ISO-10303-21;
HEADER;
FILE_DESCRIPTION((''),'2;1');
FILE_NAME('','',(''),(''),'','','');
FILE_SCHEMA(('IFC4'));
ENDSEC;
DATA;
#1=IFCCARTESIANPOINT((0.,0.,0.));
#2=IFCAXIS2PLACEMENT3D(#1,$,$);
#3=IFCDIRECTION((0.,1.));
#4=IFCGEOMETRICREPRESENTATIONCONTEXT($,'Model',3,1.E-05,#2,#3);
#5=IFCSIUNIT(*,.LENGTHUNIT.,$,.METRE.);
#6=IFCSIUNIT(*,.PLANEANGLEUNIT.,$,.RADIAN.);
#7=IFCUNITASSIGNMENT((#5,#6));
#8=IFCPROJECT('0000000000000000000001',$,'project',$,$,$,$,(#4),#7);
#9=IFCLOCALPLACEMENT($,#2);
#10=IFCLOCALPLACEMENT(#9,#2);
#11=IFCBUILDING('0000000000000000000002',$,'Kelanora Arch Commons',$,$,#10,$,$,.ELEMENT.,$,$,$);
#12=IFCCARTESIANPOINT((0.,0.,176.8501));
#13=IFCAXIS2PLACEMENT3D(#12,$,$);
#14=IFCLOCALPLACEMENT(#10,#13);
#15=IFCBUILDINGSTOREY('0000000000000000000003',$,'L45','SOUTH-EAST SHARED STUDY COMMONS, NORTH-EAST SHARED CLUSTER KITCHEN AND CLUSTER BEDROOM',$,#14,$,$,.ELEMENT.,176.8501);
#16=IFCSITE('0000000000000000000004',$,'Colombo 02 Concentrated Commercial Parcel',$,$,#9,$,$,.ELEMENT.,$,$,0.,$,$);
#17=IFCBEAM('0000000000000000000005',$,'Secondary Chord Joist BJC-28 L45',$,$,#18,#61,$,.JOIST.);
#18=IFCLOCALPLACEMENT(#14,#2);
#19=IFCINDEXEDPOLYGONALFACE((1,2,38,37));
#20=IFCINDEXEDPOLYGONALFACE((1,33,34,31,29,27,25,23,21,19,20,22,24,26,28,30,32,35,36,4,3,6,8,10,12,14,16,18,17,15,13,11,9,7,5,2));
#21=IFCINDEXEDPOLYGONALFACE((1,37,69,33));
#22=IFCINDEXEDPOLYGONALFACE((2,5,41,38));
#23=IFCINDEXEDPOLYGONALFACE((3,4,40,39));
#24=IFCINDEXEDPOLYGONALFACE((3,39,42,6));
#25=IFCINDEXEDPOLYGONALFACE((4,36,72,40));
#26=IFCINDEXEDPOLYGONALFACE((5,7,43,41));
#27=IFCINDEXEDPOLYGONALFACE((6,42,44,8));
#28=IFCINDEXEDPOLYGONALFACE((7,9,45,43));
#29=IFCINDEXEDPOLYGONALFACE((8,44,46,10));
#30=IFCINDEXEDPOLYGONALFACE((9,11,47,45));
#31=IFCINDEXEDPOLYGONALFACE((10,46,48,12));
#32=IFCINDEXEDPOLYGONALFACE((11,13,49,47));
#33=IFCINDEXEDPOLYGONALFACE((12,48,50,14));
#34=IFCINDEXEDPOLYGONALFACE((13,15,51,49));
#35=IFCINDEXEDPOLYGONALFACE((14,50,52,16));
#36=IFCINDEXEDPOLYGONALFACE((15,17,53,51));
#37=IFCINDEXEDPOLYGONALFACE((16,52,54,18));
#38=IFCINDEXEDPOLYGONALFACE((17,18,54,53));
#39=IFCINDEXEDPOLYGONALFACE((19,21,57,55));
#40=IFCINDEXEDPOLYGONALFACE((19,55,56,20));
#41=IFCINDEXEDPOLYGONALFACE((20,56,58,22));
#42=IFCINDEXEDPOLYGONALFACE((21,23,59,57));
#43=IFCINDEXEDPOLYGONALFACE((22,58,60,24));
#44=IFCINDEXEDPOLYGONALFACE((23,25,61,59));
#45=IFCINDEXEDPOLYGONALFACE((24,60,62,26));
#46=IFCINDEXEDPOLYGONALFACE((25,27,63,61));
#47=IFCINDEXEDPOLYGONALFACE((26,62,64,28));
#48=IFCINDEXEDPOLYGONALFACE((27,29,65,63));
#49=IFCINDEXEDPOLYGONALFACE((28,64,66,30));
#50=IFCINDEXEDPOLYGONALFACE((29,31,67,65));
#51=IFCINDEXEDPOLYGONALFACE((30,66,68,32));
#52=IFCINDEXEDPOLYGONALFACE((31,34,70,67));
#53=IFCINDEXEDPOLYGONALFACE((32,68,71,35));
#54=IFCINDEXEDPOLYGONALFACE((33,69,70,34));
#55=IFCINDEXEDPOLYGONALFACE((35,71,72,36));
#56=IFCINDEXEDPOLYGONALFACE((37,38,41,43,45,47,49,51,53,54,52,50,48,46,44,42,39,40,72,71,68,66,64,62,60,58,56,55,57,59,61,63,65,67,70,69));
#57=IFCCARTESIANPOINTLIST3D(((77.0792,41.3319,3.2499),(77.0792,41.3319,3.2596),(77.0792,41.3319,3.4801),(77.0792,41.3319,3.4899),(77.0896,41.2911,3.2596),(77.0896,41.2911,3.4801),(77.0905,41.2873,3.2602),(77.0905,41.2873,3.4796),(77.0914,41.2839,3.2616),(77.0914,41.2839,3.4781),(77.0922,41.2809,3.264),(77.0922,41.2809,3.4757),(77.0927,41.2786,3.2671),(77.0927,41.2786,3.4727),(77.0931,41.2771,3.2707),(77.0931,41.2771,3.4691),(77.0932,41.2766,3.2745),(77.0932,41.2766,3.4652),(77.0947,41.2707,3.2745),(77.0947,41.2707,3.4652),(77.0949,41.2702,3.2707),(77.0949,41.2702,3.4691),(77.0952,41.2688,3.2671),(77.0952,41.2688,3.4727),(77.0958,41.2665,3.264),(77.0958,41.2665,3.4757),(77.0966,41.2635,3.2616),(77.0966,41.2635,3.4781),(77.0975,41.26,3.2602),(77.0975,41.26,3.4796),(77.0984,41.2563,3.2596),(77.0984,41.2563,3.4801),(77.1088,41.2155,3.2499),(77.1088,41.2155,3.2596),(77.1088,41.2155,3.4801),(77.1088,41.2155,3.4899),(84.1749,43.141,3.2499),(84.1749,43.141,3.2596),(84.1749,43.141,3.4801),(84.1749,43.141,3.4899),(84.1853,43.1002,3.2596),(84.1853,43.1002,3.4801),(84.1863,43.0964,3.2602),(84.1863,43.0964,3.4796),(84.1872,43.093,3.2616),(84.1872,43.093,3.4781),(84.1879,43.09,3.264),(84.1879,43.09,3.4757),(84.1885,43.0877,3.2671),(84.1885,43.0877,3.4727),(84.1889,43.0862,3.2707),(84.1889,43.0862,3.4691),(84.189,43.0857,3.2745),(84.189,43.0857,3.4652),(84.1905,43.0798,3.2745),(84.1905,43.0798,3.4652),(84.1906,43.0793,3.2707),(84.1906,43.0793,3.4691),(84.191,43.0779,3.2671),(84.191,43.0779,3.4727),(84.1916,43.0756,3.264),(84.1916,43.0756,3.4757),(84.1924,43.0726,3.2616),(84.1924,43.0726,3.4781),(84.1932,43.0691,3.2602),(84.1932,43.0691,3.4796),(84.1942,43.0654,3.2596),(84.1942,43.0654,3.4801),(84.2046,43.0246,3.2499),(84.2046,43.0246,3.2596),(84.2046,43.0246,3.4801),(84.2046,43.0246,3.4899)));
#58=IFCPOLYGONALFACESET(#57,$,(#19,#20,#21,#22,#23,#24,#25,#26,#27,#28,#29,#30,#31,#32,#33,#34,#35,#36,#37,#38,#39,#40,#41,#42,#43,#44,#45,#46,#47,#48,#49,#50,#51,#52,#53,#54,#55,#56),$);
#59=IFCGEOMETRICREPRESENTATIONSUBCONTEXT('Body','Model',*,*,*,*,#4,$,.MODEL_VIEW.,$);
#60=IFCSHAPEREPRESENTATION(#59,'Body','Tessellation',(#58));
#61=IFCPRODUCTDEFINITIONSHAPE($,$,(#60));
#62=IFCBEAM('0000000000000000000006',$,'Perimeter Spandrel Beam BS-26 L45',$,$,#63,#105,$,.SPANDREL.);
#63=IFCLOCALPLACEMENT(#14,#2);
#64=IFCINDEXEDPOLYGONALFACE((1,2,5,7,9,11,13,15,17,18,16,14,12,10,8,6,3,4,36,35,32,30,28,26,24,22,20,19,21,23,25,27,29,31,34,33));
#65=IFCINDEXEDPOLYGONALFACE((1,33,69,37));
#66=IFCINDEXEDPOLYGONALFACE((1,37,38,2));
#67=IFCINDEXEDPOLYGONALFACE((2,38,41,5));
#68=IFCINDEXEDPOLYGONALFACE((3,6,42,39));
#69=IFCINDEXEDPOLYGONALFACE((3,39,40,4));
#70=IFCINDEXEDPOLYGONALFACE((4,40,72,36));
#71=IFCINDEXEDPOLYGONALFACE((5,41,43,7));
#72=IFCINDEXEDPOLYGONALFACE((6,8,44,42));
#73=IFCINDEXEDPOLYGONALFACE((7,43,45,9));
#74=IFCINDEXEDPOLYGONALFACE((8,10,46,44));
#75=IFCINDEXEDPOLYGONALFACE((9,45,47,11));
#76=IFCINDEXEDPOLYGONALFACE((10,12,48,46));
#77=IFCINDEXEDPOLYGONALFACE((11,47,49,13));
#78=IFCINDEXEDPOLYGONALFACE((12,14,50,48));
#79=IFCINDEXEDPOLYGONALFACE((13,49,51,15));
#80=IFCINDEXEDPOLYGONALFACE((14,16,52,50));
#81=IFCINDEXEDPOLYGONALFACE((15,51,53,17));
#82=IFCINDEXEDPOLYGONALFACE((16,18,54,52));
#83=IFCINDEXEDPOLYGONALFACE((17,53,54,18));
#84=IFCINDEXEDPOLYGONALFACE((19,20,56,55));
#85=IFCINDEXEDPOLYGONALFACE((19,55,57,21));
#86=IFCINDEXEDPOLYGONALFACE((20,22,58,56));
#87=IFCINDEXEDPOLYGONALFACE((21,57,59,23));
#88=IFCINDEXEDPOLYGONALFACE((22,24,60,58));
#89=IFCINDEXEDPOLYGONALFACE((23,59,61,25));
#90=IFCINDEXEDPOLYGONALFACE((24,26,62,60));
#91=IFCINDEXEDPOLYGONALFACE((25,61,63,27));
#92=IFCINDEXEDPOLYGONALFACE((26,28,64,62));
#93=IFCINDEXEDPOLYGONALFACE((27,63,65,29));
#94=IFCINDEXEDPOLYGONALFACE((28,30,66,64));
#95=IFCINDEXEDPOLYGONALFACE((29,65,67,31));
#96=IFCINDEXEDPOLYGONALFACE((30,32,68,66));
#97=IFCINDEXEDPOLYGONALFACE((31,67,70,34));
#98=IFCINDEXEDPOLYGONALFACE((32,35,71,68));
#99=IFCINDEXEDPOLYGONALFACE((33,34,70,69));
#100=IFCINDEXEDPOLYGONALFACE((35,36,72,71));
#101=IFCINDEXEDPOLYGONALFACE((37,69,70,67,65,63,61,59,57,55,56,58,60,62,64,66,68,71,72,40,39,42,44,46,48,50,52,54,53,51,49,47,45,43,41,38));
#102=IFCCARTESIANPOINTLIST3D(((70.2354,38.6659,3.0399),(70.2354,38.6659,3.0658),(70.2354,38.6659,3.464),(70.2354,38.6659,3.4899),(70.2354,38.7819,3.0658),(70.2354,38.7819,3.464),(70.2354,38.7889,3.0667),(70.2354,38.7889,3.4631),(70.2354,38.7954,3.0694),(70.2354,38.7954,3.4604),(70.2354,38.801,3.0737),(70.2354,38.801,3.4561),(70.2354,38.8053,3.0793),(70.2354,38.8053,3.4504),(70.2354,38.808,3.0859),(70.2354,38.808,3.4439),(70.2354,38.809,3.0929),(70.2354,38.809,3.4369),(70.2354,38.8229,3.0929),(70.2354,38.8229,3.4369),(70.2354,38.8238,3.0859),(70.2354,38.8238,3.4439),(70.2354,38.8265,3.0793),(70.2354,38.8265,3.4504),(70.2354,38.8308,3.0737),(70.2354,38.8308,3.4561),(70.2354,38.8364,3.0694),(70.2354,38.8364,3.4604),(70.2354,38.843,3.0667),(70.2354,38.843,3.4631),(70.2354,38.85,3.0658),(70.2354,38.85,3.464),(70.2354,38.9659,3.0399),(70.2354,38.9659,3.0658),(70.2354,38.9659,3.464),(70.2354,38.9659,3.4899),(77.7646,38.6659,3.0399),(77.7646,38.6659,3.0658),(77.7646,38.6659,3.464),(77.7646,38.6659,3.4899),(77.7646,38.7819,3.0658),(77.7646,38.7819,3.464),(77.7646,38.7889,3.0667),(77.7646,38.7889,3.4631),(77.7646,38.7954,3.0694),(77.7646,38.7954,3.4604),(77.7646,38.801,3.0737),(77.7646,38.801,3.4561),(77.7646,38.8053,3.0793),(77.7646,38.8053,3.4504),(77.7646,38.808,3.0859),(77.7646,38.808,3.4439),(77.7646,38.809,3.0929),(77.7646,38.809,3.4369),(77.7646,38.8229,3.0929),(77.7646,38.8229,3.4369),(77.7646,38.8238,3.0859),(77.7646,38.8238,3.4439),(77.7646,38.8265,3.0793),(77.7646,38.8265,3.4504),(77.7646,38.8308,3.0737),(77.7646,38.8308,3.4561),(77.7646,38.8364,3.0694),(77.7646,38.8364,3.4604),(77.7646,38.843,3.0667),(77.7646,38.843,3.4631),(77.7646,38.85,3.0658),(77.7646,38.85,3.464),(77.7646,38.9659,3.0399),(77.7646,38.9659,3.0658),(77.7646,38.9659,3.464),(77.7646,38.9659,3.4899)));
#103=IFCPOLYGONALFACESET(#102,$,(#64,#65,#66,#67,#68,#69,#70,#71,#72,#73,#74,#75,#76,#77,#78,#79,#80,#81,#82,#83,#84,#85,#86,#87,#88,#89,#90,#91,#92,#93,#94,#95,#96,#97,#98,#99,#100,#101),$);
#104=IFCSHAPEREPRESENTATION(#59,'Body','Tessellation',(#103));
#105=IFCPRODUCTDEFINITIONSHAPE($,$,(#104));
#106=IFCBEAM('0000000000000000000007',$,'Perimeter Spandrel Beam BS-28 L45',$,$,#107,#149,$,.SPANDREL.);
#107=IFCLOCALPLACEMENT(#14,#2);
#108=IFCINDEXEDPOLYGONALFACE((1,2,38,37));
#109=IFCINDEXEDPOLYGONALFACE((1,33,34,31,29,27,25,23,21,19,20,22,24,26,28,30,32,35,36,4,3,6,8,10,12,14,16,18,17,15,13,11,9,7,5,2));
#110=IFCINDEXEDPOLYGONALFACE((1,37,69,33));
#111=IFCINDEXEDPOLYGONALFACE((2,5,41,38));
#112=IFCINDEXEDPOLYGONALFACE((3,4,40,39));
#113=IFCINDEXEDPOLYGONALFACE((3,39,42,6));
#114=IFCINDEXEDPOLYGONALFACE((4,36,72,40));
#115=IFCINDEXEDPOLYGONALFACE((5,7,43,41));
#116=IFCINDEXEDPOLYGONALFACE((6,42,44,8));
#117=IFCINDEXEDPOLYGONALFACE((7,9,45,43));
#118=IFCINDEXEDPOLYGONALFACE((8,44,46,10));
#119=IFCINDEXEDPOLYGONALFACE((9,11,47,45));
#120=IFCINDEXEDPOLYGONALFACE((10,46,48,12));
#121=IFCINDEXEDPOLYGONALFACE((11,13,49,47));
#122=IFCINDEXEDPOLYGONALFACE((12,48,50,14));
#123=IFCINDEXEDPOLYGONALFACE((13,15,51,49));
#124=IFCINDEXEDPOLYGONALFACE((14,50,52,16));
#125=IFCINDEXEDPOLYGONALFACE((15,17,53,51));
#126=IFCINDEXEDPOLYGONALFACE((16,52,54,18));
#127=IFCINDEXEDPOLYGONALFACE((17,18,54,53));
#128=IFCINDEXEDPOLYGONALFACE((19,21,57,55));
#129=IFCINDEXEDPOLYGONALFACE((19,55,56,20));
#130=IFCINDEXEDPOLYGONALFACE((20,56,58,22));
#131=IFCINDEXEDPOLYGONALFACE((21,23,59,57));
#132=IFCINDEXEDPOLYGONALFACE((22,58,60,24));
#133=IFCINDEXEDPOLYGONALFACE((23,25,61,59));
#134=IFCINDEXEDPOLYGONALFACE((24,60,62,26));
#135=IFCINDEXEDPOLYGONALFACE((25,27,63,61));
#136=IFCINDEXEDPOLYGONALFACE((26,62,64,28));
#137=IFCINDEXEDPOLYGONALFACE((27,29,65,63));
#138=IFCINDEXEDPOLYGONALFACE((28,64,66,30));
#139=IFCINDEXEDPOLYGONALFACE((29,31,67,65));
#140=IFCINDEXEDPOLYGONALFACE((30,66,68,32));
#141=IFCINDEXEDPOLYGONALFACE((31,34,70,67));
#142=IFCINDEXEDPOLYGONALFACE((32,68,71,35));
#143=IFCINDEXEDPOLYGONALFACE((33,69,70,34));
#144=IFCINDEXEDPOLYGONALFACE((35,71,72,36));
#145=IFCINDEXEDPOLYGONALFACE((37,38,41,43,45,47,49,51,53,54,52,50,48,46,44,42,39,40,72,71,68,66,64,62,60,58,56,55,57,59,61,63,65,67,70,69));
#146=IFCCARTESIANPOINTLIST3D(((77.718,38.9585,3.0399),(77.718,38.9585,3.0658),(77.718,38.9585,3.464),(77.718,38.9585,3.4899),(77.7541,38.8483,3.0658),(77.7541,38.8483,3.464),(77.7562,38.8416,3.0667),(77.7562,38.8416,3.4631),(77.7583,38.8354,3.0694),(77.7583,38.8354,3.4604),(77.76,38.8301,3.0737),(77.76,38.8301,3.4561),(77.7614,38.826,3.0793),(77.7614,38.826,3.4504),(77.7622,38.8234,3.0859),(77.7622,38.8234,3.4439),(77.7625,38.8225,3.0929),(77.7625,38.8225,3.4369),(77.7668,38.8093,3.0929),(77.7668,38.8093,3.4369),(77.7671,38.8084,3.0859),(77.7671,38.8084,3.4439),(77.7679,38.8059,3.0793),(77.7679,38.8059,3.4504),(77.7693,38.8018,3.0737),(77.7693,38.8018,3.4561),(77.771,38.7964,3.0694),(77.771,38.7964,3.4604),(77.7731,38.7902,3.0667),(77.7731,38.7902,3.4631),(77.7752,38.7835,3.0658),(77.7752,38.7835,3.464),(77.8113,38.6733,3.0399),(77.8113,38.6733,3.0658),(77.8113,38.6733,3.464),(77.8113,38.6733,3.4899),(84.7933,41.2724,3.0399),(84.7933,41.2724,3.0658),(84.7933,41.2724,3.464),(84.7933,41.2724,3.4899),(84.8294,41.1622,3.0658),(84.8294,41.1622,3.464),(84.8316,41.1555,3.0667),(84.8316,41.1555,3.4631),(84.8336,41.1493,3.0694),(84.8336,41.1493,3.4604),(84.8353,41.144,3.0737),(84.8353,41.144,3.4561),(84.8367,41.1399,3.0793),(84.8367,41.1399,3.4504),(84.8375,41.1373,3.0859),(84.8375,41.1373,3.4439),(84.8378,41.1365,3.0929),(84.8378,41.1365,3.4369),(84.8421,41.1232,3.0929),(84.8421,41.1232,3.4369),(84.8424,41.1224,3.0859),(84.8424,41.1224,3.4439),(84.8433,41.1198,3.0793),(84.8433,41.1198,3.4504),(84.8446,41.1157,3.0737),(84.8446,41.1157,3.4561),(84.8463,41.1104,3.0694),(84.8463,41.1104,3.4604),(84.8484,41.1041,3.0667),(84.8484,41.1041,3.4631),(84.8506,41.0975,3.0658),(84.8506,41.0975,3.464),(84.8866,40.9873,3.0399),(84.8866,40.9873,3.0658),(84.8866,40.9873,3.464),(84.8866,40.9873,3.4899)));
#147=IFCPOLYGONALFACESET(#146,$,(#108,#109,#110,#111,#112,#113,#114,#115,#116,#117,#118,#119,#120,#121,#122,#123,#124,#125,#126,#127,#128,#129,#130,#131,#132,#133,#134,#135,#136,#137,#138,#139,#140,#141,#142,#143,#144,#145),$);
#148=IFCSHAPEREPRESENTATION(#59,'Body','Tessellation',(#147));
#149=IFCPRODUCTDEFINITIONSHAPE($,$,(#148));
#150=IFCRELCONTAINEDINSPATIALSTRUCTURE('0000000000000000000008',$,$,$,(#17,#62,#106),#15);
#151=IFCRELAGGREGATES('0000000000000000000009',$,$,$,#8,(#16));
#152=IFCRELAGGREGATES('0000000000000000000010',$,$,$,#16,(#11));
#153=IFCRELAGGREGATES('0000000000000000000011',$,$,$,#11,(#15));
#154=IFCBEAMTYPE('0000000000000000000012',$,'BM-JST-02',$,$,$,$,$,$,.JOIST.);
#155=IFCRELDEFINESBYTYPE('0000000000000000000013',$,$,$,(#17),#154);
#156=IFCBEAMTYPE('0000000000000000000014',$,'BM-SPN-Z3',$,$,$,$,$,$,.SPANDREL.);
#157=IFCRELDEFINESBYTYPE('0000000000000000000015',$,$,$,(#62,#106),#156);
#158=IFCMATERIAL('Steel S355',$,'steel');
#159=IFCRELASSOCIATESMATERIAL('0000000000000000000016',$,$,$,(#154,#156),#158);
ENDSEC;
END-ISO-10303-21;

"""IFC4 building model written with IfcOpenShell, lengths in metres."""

from ifc_helpers import new_model, si_unit, direction, frame, origin, origin_2d, place, context, subcontext, project, spatial, i_section, extrude, material, material_profile, profile_set, type_object, element, save


model = new_model("IFC4")

# Units and contexts
model_context = context("Model", 3, precision=1e-05, world=origin(), true_north=direction((0.0, 1.0)))
body_context = subcontext(model_context, "Body", "Model", "MODEL_VIEW")
ifc_project = project(units=[si_unit("LENGTHUNIT", "METRE"), si_unit("PLANEANGLEUNIT", "RADIAN")], contexts=[model_context])

# Site, building, storey
site_placement = place(None, origin())
site = spatial("IfcSite", under=ifc_project, at=site_placement, Name="Colombo 02 Concentrated Commercial Parcel", CompositionType="ELEMENT", RefElevation=0.0)
building_placement = place(site_placement, origin())
building = spatial("IfcBuilding", under=site, at=building_placement, Name="Kelanora Arch Commons", CompositionType="ELEMENT")
storey_placement = place(building_placement, frame((0.0, 0.0, 176.8501)))
storey = spatial("IfcBuildingStorey", under=building, at=storey_placement, Name="L45", Description="SOUTH-EAST SHARED STUDY COMMONS, NORTH-EAST SHARED CLUSTER KITCHEN AND CLUSTER BEDROOM", CompositionType="ELEMENT", Elevation=176.8501)

# Beams
ifc_material_1 = material(Name="Steel S355", Category="steel")
ifc_material_profile_1 = material_profile(ifc_material_1, i_section(OverallWidth=0.1201, OverallDepth=0.24, WebThickness=0.0061, FlangeThickness=0.0098, FilletRadius=0.0149, at=origin_2d()), Name="IPE240")
ifc_profile_set_1 = profile_set([ifc_material_profile_1], Name="Steel S355")
beam_type_1 = type_object("IfcBeamType", Name="BM-JST-02", PredefinedType="JOIST", material=ifc_profile_set_1)
beam_1_placement = place(storey_placement, frame((77.094, 41.2737, 3.3699), z_axis=(0.969002, 0.247052, 0.0), x_axis=(-0.247052, 0.969002, 0.0)))
element("IfcBeam", 1, at=beam_1_placement, inside=storey, type_object=beam_type_1, Name="Secondary Chord Joist BJC-28 L45", PredefinedType="JOIST", context=body_context, shape_type="SweptSolid", body=[
    extrude(i_section(OverallWidth=0.1201, OverallDepth=0.24, WebThickness=0.0061, FlangeThickness=0.0098, FilletRadius=0.0149, at=origin_2d()), origin(), (0.0, 0.0, 1.0), 7.3228),
])
ifc_material_profile_2 = material_profile(ifc_material_1, i_section(OverallWidth=0.3, OverallDepth=0.45, WebThickness=0.0139, FlangeThickness=0.0259, FilletRadius=0.0271, at=origin_2d()), Name="HEB450")
ifc_profile_set_2 = profile_set([ifc_material_profile_2], Name="Steel S355")
beam_type_2 = type_object("IfcBeamType", Name="BM-SPN-Z3", PredefinedType="SPANDREL", material=ifc_profile_set_2)
beam_2_placement = place(storey_placement, frame((70.2354, 38.8159, 3.2649), z_axis=(1.0, 0.0, 0.0), x_axis=(0.0, 1.0, 0.0)))
element("IfcBeam", 2, at=beam_2_placement, inside=storey, type_object=beam_type_2, Name="Perimeter Spandrel Beam BS-26 L45", PredefinedType="SPANDREL", context=body_context, shape_type="SweptSolid", body=[
    extrude(i_section(OverallWidth=0.3, OverallDepth=0.45, WebThickness=0.0139, FlangeThickness=0.0259, FilletRadius=0.0271, at=origin_2d()), origin(), (0.0, 0.0, 1.0), 7.5293),
])
beam_3_placement = place(storey_placement, frame((77.7646, 38.8159, 3.2649), z_axis=(0.950462, 0.310841, 0.0), x_axis=(-0.310841, 0.950462, 0.0)))
element("IfcBeam", 3, at=beam_3_placement, inside=storey, type_object=beam_type_2, Name="Perimeter Spandrel Beam BS-28 L45", PredefinedType="SPANDREL", context=body_context, shape_type="SweptSolid", body=[
    extrude(i_section(OverallWidth=0.3, OverallDepth=0.45, WebThickness=0.0139, FlangeThickness=0.0259, FilletRadius=0.0271, at=origin_2d()), origin(), (0.0, 0.0, 1.0), 7.4441),
])

save(model, "model.ifc")
